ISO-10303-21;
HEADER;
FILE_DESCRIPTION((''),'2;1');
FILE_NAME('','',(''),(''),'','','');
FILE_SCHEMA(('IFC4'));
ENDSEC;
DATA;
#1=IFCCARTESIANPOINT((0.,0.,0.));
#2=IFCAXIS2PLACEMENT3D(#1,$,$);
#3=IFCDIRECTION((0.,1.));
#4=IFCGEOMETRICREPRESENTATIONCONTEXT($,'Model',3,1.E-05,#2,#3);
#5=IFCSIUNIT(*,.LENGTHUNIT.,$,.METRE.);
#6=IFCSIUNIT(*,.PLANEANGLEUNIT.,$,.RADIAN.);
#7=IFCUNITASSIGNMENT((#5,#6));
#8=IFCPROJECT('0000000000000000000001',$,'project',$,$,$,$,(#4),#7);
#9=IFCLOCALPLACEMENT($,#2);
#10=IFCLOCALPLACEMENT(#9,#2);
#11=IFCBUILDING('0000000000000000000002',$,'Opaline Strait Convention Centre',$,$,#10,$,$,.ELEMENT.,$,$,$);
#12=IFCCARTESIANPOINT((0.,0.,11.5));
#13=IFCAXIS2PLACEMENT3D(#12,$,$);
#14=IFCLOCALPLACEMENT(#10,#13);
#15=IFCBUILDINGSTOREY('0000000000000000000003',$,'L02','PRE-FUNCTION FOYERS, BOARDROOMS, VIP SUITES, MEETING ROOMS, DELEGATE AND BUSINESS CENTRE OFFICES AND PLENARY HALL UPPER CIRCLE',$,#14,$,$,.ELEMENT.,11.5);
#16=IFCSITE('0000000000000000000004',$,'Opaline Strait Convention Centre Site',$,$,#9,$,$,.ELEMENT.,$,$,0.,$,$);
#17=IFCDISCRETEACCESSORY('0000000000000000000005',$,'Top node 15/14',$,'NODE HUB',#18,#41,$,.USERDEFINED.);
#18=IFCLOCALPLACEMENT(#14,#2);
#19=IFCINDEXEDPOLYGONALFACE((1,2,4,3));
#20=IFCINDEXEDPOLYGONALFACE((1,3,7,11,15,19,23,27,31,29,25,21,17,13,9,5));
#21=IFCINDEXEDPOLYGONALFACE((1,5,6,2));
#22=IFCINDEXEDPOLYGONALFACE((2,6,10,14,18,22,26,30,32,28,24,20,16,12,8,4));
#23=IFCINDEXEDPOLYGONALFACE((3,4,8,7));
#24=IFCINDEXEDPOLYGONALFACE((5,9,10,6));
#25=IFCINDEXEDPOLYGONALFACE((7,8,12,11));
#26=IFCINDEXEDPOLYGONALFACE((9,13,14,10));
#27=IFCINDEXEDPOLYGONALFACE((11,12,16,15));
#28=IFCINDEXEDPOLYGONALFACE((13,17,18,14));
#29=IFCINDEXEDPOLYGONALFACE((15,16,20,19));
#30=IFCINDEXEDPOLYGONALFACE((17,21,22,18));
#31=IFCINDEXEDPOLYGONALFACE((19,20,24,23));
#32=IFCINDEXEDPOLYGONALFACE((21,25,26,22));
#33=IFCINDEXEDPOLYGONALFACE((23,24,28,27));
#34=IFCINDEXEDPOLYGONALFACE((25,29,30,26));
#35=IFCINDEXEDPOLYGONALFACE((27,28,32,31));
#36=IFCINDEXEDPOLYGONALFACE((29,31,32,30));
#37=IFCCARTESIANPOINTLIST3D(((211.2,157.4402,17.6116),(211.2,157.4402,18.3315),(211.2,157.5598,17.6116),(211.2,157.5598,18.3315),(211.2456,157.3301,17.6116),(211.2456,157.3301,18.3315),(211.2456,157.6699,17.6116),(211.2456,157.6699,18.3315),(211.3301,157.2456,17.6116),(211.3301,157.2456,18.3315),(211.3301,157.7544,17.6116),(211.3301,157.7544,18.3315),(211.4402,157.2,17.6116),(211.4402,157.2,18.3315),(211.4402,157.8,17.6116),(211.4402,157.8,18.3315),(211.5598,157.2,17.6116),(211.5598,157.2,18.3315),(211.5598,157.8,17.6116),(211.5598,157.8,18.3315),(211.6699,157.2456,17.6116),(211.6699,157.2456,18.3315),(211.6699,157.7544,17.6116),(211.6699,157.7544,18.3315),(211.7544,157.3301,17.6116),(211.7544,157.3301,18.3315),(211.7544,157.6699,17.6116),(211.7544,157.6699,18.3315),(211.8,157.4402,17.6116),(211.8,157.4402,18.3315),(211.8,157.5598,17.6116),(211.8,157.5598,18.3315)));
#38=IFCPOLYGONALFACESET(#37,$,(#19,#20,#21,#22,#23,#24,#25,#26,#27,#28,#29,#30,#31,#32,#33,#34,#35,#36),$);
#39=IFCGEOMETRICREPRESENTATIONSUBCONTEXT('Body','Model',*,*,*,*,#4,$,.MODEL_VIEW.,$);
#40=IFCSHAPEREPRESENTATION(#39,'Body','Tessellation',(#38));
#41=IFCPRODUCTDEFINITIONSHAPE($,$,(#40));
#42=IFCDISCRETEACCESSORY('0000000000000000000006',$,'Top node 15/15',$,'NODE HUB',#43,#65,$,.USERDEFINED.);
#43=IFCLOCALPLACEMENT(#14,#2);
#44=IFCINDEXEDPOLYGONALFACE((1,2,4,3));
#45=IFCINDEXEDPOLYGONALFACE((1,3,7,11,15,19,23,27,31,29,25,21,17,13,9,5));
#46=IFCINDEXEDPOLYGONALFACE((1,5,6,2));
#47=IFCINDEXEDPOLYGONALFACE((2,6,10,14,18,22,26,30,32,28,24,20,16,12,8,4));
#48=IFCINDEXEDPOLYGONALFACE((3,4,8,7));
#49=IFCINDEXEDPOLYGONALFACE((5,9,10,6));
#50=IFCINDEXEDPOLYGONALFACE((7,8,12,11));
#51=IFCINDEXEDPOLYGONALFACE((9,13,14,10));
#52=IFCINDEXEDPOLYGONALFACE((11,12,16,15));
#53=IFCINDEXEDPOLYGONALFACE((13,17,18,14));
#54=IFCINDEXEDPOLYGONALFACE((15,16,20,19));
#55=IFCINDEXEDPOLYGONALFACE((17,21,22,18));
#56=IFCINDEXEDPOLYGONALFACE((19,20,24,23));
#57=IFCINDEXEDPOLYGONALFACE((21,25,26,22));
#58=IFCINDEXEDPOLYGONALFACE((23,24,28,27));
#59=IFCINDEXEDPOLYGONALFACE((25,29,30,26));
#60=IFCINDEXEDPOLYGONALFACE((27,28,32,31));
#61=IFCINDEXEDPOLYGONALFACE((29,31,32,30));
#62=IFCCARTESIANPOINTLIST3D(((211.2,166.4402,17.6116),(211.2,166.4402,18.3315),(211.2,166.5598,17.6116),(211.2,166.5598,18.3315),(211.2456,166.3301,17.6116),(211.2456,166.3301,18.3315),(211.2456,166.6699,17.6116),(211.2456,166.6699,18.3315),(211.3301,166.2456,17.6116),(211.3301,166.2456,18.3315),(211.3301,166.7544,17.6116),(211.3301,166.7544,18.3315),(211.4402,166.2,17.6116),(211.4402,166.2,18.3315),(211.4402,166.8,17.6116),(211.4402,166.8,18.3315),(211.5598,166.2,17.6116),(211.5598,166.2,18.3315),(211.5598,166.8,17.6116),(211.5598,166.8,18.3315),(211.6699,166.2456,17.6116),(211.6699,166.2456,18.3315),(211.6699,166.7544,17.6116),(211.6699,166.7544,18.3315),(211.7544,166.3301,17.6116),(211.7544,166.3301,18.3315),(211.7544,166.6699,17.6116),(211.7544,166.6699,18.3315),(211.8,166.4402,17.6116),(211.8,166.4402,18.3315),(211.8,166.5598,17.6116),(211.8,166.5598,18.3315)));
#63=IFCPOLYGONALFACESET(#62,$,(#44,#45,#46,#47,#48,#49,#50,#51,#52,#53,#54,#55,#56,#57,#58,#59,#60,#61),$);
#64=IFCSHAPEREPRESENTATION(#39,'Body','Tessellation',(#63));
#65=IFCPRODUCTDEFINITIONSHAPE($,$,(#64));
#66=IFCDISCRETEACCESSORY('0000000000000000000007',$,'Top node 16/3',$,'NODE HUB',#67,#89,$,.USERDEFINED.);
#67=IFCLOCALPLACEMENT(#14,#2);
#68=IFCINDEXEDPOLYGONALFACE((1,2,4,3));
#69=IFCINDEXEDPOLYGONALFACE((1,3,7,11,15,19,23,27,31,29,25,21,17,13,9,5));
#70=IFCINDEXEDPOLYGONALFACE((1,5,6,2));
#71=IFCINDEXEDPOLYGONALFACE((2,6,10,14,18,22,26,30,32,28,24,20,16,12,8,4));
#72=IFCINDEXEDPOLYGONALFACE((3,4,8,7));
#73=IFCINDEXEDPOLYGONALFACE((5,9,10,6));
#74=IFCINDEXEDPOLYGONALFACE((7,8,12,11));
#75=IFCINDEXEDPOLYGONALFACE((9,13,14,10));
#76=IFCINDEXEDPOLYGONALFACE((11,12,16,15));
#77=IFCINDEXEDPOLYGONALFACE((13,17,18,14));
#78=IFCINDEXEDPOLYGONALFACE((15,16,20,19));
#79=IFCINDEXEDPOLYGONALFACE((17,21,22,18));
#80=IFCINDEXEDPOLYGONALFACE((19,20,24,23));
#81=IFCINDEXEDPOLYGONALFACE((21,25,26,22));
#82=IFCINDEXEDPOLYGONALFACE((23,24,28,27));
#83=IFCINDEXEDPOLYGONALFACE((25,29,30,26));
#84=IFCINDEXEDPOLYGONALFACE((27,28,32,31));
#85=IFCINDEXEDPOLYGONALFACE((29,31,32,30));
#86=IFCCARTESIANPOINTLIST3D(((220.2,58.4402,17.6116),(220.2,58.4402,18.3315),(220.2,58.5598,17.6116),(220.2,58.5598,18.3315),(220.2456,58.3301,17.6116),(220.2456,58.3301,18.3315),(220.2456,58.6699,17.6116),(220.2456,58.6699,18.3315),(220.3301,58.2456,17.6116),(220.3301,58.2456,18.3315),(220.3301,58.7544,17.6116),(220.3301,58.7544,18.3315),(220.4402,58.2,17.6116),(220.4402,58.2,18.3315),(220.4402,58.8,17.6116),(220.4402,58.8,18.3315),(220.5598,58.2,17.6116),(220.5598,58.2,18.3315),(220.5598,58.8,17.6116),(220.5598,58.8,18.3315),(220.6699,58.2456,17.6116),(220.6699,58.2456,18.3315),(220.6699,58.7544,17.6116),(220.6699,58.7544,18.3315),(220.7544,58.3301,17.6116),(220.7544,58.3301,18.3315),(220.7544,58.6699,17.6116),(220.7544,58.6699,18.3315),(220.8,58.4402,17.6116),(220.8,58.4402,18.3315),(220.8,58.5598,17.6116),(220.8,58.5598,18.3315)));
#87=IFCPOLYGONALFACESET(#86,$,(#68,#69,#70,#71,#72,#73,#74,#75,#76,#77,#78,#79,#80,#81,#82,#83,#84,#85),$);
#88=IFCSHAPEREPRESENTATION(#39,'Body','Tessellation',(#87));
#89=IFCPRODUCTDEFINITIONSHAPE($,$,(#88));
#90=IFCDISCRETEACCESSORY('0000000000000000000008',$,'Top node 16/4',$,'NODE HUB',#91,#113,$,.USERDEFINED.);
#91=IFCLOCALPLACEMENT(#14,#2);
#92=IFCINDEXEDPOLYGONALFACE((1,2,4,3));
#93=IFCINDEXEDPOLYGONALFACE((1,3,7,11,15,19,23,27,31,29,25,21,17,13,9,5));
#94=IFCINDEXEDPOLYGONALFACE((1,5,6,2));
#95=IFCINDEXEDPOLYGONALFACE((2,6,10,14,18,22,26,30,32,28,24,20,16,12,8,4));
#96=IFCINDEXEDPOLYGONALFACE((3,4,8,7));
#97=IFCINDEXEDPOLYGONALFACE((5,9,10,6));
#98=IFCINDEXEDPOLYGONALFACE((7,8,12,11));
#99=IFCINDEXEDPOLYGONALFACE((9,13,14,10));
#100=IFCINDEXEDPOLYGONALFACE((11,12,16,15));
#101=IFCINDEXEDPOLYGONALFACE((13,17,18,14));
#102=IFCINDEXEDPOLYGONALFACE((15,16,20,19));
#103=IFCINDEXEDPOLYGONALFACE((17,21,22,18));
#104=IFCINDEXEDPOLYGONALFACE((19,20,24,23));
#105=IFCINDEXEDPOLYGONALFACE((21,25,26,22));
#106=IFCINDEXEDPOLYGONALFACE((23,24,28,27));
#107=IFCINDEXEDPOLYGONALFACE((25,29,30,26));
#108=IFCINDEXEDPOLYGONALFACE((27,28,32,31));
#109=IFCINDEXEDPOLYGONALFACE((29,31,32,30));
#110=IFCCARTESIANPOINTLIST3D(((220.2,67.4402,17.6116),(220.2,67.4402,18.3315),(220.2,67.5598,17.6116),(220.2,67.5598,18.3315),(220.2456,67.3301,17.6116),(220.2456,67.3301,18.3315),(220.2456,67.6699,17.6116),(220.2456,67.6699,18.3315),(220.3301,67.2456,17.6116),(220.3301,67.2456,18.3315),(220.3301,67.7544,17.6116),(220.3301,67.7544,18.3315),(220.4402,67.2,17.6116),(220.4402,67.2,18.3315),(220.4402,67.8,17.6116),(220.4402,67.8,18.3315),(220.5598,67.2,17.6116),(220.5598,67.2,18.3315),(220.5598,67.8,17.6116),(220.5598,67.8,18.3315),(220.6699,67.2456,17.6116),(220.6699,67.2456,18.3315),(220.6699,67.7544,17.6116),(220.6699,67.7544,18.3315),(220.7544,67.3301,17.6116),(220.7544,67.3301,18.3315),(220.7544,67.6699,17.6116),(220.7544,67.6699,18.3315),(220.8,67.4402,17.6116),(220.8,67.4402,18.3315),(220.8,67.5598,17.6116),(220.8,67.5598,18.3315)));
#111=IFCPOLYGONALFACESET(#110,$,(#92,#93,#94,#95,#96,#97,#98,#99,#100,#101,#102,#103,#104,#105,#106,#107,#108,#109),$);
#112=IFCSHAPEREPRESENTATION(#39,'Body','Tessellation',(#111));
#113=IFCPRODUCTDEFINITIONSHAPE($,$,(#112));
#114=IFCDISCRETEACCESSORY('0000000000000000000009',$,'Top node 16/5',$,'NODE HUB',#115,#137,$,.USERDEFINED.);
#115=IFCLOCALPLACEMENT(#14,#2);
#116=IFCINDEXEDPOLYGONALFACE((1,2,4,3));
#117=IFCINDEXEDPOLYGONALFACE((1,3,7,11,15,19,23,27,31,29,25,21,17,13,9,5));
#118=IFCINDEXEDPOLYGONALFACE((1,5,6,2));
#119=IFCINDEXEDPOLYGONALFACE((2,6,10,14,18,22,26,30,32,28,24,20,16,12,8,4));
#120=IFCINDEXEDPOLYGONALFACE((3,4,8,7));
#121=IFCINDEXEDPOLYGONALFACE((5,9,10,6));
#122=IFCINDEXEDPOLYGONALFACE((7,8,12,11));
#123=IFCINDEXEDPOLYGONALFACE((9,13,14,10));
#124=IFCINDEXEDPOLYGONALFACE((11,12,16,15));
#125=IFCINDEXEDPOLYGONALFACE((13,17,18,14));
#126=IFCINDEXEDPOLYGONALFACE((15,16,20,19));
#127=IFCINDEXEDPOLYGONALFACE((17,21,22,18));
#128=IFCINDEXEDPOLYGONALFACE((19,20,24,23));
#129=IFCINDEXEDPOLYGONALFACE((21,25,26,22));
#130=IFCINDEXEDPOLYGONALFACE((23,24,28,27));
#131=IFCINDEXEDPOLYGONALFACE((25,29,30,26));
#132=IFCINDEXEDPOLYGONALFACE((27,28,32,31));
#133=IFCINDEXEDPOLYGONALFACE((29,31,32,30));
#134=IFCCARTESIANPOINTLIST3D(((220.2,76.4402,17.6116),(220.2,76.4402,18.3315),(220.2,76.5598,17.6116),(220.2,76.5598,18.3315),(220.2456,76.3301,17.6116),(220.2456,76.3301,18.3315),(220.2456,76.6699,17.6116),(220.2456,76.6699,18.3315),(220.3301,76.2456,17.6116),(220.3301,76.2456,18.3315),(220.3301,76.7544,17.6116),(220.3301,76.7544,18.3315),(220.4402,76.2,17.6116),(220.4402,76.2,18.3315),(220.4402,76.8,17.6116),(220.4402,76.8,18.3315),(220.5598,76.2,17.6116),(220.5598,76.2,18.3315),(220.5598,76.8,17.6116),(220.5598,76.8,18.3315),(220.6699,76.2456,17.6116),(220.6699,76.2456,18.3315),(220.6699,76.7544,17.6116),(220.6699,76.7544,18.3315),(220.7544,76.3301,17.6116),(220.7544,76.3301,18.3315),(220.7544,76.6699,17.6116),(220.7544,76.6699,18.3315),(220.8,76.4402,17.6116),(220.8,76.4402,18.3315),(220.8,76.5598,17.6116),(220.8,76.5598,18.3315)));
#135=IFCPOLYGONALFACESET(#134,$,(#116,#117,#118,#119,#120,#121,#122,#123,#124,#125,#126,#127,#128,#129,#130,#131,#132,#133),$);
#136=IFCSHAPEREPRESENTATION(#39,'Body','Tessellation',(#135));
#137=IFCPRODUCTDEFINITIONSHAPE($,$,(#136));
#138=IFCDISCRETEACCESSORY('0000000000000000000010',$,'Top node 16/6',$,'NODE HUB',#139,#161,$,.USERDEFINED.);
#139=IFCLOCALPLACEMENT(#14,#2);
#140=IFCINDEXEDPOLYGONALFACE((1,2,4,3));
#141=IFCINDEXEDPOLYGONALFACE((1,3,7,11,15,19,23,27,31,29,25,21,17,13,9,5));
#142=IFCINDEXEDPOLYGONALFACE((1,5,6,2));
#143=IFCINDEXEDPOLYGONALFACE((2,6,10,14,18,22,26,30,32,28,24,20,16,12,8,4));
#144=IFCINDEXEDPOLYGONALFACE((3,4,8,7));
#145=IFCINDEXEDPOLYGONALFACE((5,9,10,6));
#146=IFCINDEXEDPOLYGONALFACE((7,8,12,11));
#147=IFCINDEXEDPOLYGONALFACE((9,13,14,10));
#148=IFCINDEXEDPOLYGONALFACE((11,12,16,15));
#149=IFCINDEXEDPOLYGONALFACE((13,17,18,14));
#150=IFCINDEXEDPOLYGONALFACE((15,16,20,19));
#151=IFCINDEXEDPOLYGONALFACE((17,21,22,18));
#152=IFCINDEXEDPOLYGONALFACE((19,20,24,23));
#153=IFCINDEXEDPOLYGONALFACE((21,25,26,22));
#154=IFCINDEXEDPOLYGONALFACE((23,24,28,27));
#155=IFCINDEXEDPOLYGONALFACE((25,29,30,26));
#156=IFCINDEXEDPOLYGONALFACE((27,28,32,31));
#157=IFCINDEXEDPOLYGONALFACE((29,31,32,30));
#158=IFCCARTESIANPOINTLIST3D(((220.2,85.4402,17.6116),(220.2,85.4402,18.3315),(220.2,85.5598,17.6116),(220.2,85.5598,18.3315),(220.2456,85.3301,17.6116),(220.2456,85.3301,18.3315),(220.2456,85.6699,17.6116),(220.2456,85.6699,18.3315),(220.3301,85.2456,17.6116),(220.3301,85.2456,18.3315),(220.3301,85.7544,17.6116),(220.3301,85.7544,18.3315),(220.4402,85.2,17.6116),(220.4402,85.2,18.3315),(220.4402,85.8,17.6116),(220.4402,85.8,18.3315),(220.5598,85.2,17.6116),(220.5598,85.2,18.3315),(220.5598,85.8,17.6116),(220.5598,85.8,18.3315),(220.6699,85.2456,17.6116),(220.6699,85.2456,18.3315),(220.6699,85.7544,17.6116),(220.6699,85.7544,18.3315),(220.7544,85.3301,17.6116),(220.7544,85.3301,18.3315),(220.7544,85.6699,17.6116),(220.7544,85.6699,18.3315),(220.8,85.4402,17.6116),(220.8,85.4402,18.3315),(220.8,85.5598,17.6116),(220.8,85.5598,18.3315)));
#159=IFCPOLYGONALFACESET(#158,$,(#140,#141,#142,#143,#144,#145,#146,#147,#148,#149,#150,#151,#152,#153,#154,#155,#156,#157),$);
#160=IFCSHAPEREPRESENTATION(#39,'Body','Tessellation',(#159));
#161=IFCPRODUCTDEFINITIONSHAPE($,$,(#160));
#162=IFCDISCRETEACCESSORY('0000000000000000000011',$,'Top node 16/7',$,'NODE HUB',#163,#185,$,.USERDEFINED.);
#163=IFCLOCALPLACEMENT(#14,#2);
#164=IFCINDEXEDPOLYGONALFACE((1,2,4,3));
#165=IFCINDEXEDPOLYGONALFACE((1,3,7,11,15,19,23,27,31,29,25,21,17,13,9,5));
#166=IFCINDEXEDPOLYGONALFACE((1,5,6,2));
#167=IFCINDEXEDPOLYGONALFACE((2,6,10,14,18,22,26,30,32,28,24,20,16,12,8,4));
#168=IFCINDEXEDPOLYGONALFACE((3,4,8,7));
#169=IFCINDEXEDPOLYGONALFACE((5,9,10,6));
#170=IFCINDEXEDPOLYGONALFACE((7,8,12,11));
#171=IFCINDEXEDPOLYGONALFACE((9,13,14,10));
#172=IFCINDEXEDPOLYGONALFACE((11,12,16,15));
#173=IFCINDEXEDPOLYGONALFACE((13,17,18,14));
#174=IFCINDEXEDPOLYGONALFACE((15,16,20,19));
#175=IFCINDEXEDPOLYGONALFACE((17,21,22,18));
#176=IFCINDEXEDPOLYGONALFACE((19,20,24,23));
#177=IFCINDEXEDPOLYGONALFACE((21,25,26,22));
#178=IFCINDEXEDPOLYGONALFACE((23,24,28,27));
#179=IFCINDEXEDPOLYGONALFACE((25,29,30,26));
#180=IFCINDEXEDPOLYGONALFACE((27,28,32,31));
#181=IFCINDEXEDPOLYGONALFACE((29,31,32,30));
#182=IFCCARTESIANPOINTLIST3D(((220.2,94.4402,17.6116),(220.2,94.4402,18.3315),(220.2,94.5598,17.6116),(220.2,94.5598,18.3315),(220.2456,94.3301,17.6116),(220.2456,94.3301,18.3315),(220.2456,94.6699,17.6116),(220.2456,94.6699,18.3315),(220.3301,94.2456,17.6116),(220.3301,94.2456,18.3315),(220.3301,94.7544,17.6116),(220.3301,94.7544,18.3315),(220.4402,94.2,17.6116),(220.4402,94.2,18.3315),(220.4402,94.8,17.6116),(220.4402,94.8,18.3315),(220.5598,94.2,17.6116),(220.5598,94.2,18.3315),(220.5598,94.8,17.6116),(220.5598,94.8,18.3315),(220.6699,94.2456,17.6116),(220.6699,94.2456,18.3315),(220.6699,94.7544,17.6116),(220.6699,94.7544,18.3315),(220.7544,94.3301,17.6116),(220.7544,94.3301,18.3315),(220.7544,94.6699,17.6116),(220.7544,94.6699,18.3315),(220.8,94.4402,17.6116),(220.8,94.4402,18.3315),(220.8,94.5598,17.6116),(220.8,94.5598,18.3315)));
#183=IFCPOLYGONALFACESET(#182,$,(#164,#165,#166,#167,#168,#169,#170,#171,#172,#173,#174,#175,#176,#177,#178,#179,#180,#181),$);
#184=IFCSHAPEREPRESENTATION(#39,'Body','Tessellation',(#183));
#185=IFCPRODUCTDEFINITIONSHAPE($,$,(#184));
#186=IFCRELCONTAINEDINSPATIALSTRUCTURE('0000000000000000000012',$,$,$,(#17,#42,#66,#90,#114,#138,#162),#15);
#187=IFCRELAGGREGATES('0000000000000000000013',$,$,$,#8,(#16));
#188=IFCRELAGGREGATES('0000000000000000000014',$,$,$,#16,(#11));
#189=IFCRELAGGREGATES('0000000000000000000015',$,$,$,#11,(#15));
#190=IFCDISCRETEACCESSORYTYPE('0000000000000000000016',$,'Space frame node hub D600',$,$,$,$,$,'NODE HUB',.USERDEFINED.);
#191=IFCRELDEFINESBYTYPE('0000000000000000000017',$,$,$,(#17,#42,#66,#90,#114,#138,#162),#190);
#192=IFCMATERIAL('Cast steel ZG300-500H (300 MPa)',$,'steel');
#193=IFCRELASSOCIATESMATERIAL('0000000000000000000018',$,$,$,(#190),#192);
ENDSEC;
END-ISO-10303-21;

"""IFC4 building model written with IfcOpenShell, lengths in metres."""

from ifc_helpers import new_model, si_unit, direction, frame, origin, place, context, subcontext, project, spatial, polyline, outline, extrude, material, type_object, element, save


model = new_model("IFC4")

# Units and contexts
model_context = context("Model", 3, precision=1e-05, world=origin(), true_north=direction((0.0, 1.0)))
body_context = subcontext(model_context, "Body", "Model", "MODEL_VIEW")
ifc_project = project(units=[si_unit("LENGTHUNIT", "METRE"), si_unit("PLANEANGLEUNIT", "RADIAN")], contexts=[model_context])

# Site, building, storey
site_placement = place(None, origin())
site = spatial("IfcSite", under=ifc_project, at=site_placement, Name="Opaline Strait Convention Centre Site", CompositionType="ELEMENT", RefElevation=0.0)
building_placement = place(site_placement, origin())
building = spatial("IfcBuilding", under=site, at=building_placement, Name="Opaline Strait Convention Centre", CompositionType="ELEMENT")
storey_placement = place(building_placement, frame((0.0, 0.0, 11.5)))
storey = spatial("IfcBuildingStorey", under=building, at=storey_placement, Name="L02", Description="PRE-FUNCTION FOYERS, BOARDROOMS, VIP SUITES, MEETING ROOMS, DELEGATE AND BUSINESS CENTRE OFFICES AND PLENARY HALL UPPER CIRCLE", CompositionType="ELEMENT", Elevation=11.5)

# Discrete accessories
ifc_material = material(Name="Cast steel ZG300-500H (300 MPa)", Category="steel")
discrete_accessory_type = type_object("IfcDiscreteAccessoryType", Name="Space frame node hub D600", ElementType="NODE HUB", PredefinedType="USERDEFINED", material=ifc_material)
discrete_accessory_1_placement = place(storey_placement, frame((0.0, 0.0, 17.6116)))
element("IfcDiscreteAccessory", 1, at=discrete_accessory_1_placement, inside=storey, type_object=discrete_accessory_type, Name="Top node 15/14", ObjectType="NODE HUB", PredefinedType="USERDEFINED", context=body_context, shape_type="SweptSolid", body=[
    extrude(outline(polyline([(211.8, 157.5598), (211.7544, 157.6699), (211.6699, 157.7544), (211.5598, 157.8), (211.4402, 157.8), (211.3301, 157.7544), (211.2456, 157.6699), (211.2, 157.5598), (211.2, 157.4402), (211.2456, 157.3301), (211.3301, 157.2456), (211.4402, 157.2), (211.5598, 157.2), (211.6699, 157.2456), (211.7544, 157.3301), (211.8, 157.4402), (211.8, 157.5598)])), origin(), (0.0, 0.0, 1.0), 0.72),
])
discrete_accessory_2_placement = place(storey_placement, frame((0.0, 0.0, 17.6116)))
element("IfcDiscreteAccessory", 2, at=discrete_accessory_2_placement, inside=storey, type_object=discrete_accessory_type, Name="Top node 15/15", ObjectType="NODE HUB", PredefinedType="USERDEFINED", context=body_context, shape_type="SweptSolid", body=[
    extrude(outline(polyline([(211.8, 166.5598), (211.7544, 166.6699), (211.6699, 166.7544), (211.5598, 166.8), (211.4402, 166.8), (211.3301, 166.7544), (211.2456, 166.6699), (211.2, 166.5598), (211.2, 166.4402), (211.2456, 166.3301), (211.3301, 166.2456), (211.4402, 166.2), (211.5598, 166.2), (211.6699, 166.2456), (211.7544, 166.3301), (211.8, 166.4402), (211.8, 166.5598)])), origin(), (0.0, 0.0, 1.0), 0.72),
])
discrete_accessory_3_placement = place(storey_placement, frame((0.0, 0.0, 17.6116)))
element("IfcDiscreteAccessory", 3, at=discrete_accessory_3_placement, inside=storey, type_object=discrete_accessory_type, Name="Top node 16/3", ObjectType="NODE HUB", PredefinedType="USERDEFINED", context=body_context, shape_type="SweptSolid", body=[
    extrude(outline(polyline([(220.8, 58.5598), (220.7544, 58.6699), (220.6699, 58.7544), (220.5598, 58.8), (220.4402, 58.8), (220.3301, 58.7544), (220.2456, 58.6699), (220.2, 58.5598), (220.2, 58.4402), (220.2456, 58.3301), (220.3301, 58.2456), (220.4402, 58.2), (220.5598, 58.2), (220.6699, 58.2456), (220.7544, 58.3301), (220.8, 58.4402), (220.8, 58.5598)])), origin(), (0.0, 0.0, 1.0), 0.72),
])
discrete_accessory_4_placement = place(storey_placement, frame((0.0, 0.0, 17.6116)))
element("IfcDiscreteAccessory", 4, at=discrete_accessory_4_placement, inside=storey, type_object=discrete_accessory_type, Name="Top node 16/4", ObjectType="NODE HUB", PredefinedType="USERDEFINED", context=body_context, shape_type="SweptSolid", body=[
    extrude(outline(polyline([(220.8, 67.5598), (220.7544, 67.6699), (220.6699, 67.7544), (220.5598, 67.8), (220.4402, 67.8), (220.3301, 67.7544), (220.2456, 67.6699), (220.2, 67.5598), (220.2, 67.4402), (220.2456, 67.3301), (220.3301, 67.2456), (220.4402, 67.2), (220.5598, 67.2), (220.6699, 67.2456), (220.7544, 67.3301), (220.8, 67.4402), (220.8, 67.5598)])), origin(), (0.0, 0.0, 1.0), 0.72),
])
discrete_accessory_5_placement = place(storey_placement, frame((0.0, 0.0, 17.6116)))
element("IfcDiscreteAccessory", 5, at=discrete_accessory_5_placement, inside=storey, type_object=discrete_accessory_type, Name="Top node 16/5", ObjectType="NODE HUB", PredefinedType="USERDEFINED", context=body_context, shape_type="SweptSolid", body=[
    extrude(outline(polyline([(220.8, 76.5598), (220.7544, 76.6699), (220.6699, 76.7544), (220.5598, 76.8), (220.4402, 76.8), (220.3301, 76.7544), (220.2456, 76.6699), (220.2, 76.5598), (220.2, 76.4402), (220.2456, 76.3301), (220.3301, 76.2456), (220.4402, 76.2), (220.5598, 76.2), (220.6699, 76.2456), (220.7544, 76.3301), (220.8, 76.4402), (220.8, 76.5598)])), origin(), (0.0, 0.0, 1.0), 0.72),
])
discrete_accessory_6_placement = place(storey_placement, frame((0.0, 0.0, 17.6116)))
element("IfcDiscreteAccessory", 6, at=discrete_accessory_6_placement, inside=storey, type_object=discrete_accessory_type, Name="Top node 16/6", ObjectType="NODE HUB", PredefinedType="USERDEFINED", context=body_context, shape_type="SweptSolid", body=[
    extrude(outline(polyline([(220.8, 85.5598), (220.7544, 85.6699), (220.6699, 85.7544), (220.5598, 85.8), (220.4402, 85.8), (220.3301, 85.7544), (220.2456, 85.6699), (220.2, 85.5598), (220.2, 85.4402), (220.2456, 85.3301), (220.3301, 85.2456), (220.4402, 85.2), (220.5598, 85.2), (220.6699, 85.2456), (220.7544, 85.3301), (220.8, 85.4402), (220.8, 85.5598)])), origin(), (0.0, 0.0, 1.0), 0.72),
])
discrete_accessory_7_placement = place(storey_placement, frame((0.0, 0.0, 17.6116)))
element("IfcDiscreteAccessory", 7, at=discrete_accessory_7_placement, inside=storey, type_object=discrete_accessory_type, Name="Top node 16/7", ObjectType="NODE HUB", PredefinedType="USERDEFINED", context=body_context, shape_type="SweptSolid", body=[
    extrude(outline(polyline([(220.8, 94.5598), (220.7544, 94.6699), (220.6699, 94.7544), (220.5598, 94.8), (220.4402, 94.8), (220.3301, 94.7544), (220.2456, 94.6699), (220.2, 94.5598), (220.2, 94.4402), (220.2456, 94.3301), (220.3301, 94.2456), (220.4402, 94.2), (220.5598, 94.2), (220.6699, 94.2456), (220.7544, 94.3301), (220.8, 94.4402), (220.8, 94.5598)])), origin(), (0.0, 0.0, 1.0), 0.72),
])

save(model, "model.ifc")
